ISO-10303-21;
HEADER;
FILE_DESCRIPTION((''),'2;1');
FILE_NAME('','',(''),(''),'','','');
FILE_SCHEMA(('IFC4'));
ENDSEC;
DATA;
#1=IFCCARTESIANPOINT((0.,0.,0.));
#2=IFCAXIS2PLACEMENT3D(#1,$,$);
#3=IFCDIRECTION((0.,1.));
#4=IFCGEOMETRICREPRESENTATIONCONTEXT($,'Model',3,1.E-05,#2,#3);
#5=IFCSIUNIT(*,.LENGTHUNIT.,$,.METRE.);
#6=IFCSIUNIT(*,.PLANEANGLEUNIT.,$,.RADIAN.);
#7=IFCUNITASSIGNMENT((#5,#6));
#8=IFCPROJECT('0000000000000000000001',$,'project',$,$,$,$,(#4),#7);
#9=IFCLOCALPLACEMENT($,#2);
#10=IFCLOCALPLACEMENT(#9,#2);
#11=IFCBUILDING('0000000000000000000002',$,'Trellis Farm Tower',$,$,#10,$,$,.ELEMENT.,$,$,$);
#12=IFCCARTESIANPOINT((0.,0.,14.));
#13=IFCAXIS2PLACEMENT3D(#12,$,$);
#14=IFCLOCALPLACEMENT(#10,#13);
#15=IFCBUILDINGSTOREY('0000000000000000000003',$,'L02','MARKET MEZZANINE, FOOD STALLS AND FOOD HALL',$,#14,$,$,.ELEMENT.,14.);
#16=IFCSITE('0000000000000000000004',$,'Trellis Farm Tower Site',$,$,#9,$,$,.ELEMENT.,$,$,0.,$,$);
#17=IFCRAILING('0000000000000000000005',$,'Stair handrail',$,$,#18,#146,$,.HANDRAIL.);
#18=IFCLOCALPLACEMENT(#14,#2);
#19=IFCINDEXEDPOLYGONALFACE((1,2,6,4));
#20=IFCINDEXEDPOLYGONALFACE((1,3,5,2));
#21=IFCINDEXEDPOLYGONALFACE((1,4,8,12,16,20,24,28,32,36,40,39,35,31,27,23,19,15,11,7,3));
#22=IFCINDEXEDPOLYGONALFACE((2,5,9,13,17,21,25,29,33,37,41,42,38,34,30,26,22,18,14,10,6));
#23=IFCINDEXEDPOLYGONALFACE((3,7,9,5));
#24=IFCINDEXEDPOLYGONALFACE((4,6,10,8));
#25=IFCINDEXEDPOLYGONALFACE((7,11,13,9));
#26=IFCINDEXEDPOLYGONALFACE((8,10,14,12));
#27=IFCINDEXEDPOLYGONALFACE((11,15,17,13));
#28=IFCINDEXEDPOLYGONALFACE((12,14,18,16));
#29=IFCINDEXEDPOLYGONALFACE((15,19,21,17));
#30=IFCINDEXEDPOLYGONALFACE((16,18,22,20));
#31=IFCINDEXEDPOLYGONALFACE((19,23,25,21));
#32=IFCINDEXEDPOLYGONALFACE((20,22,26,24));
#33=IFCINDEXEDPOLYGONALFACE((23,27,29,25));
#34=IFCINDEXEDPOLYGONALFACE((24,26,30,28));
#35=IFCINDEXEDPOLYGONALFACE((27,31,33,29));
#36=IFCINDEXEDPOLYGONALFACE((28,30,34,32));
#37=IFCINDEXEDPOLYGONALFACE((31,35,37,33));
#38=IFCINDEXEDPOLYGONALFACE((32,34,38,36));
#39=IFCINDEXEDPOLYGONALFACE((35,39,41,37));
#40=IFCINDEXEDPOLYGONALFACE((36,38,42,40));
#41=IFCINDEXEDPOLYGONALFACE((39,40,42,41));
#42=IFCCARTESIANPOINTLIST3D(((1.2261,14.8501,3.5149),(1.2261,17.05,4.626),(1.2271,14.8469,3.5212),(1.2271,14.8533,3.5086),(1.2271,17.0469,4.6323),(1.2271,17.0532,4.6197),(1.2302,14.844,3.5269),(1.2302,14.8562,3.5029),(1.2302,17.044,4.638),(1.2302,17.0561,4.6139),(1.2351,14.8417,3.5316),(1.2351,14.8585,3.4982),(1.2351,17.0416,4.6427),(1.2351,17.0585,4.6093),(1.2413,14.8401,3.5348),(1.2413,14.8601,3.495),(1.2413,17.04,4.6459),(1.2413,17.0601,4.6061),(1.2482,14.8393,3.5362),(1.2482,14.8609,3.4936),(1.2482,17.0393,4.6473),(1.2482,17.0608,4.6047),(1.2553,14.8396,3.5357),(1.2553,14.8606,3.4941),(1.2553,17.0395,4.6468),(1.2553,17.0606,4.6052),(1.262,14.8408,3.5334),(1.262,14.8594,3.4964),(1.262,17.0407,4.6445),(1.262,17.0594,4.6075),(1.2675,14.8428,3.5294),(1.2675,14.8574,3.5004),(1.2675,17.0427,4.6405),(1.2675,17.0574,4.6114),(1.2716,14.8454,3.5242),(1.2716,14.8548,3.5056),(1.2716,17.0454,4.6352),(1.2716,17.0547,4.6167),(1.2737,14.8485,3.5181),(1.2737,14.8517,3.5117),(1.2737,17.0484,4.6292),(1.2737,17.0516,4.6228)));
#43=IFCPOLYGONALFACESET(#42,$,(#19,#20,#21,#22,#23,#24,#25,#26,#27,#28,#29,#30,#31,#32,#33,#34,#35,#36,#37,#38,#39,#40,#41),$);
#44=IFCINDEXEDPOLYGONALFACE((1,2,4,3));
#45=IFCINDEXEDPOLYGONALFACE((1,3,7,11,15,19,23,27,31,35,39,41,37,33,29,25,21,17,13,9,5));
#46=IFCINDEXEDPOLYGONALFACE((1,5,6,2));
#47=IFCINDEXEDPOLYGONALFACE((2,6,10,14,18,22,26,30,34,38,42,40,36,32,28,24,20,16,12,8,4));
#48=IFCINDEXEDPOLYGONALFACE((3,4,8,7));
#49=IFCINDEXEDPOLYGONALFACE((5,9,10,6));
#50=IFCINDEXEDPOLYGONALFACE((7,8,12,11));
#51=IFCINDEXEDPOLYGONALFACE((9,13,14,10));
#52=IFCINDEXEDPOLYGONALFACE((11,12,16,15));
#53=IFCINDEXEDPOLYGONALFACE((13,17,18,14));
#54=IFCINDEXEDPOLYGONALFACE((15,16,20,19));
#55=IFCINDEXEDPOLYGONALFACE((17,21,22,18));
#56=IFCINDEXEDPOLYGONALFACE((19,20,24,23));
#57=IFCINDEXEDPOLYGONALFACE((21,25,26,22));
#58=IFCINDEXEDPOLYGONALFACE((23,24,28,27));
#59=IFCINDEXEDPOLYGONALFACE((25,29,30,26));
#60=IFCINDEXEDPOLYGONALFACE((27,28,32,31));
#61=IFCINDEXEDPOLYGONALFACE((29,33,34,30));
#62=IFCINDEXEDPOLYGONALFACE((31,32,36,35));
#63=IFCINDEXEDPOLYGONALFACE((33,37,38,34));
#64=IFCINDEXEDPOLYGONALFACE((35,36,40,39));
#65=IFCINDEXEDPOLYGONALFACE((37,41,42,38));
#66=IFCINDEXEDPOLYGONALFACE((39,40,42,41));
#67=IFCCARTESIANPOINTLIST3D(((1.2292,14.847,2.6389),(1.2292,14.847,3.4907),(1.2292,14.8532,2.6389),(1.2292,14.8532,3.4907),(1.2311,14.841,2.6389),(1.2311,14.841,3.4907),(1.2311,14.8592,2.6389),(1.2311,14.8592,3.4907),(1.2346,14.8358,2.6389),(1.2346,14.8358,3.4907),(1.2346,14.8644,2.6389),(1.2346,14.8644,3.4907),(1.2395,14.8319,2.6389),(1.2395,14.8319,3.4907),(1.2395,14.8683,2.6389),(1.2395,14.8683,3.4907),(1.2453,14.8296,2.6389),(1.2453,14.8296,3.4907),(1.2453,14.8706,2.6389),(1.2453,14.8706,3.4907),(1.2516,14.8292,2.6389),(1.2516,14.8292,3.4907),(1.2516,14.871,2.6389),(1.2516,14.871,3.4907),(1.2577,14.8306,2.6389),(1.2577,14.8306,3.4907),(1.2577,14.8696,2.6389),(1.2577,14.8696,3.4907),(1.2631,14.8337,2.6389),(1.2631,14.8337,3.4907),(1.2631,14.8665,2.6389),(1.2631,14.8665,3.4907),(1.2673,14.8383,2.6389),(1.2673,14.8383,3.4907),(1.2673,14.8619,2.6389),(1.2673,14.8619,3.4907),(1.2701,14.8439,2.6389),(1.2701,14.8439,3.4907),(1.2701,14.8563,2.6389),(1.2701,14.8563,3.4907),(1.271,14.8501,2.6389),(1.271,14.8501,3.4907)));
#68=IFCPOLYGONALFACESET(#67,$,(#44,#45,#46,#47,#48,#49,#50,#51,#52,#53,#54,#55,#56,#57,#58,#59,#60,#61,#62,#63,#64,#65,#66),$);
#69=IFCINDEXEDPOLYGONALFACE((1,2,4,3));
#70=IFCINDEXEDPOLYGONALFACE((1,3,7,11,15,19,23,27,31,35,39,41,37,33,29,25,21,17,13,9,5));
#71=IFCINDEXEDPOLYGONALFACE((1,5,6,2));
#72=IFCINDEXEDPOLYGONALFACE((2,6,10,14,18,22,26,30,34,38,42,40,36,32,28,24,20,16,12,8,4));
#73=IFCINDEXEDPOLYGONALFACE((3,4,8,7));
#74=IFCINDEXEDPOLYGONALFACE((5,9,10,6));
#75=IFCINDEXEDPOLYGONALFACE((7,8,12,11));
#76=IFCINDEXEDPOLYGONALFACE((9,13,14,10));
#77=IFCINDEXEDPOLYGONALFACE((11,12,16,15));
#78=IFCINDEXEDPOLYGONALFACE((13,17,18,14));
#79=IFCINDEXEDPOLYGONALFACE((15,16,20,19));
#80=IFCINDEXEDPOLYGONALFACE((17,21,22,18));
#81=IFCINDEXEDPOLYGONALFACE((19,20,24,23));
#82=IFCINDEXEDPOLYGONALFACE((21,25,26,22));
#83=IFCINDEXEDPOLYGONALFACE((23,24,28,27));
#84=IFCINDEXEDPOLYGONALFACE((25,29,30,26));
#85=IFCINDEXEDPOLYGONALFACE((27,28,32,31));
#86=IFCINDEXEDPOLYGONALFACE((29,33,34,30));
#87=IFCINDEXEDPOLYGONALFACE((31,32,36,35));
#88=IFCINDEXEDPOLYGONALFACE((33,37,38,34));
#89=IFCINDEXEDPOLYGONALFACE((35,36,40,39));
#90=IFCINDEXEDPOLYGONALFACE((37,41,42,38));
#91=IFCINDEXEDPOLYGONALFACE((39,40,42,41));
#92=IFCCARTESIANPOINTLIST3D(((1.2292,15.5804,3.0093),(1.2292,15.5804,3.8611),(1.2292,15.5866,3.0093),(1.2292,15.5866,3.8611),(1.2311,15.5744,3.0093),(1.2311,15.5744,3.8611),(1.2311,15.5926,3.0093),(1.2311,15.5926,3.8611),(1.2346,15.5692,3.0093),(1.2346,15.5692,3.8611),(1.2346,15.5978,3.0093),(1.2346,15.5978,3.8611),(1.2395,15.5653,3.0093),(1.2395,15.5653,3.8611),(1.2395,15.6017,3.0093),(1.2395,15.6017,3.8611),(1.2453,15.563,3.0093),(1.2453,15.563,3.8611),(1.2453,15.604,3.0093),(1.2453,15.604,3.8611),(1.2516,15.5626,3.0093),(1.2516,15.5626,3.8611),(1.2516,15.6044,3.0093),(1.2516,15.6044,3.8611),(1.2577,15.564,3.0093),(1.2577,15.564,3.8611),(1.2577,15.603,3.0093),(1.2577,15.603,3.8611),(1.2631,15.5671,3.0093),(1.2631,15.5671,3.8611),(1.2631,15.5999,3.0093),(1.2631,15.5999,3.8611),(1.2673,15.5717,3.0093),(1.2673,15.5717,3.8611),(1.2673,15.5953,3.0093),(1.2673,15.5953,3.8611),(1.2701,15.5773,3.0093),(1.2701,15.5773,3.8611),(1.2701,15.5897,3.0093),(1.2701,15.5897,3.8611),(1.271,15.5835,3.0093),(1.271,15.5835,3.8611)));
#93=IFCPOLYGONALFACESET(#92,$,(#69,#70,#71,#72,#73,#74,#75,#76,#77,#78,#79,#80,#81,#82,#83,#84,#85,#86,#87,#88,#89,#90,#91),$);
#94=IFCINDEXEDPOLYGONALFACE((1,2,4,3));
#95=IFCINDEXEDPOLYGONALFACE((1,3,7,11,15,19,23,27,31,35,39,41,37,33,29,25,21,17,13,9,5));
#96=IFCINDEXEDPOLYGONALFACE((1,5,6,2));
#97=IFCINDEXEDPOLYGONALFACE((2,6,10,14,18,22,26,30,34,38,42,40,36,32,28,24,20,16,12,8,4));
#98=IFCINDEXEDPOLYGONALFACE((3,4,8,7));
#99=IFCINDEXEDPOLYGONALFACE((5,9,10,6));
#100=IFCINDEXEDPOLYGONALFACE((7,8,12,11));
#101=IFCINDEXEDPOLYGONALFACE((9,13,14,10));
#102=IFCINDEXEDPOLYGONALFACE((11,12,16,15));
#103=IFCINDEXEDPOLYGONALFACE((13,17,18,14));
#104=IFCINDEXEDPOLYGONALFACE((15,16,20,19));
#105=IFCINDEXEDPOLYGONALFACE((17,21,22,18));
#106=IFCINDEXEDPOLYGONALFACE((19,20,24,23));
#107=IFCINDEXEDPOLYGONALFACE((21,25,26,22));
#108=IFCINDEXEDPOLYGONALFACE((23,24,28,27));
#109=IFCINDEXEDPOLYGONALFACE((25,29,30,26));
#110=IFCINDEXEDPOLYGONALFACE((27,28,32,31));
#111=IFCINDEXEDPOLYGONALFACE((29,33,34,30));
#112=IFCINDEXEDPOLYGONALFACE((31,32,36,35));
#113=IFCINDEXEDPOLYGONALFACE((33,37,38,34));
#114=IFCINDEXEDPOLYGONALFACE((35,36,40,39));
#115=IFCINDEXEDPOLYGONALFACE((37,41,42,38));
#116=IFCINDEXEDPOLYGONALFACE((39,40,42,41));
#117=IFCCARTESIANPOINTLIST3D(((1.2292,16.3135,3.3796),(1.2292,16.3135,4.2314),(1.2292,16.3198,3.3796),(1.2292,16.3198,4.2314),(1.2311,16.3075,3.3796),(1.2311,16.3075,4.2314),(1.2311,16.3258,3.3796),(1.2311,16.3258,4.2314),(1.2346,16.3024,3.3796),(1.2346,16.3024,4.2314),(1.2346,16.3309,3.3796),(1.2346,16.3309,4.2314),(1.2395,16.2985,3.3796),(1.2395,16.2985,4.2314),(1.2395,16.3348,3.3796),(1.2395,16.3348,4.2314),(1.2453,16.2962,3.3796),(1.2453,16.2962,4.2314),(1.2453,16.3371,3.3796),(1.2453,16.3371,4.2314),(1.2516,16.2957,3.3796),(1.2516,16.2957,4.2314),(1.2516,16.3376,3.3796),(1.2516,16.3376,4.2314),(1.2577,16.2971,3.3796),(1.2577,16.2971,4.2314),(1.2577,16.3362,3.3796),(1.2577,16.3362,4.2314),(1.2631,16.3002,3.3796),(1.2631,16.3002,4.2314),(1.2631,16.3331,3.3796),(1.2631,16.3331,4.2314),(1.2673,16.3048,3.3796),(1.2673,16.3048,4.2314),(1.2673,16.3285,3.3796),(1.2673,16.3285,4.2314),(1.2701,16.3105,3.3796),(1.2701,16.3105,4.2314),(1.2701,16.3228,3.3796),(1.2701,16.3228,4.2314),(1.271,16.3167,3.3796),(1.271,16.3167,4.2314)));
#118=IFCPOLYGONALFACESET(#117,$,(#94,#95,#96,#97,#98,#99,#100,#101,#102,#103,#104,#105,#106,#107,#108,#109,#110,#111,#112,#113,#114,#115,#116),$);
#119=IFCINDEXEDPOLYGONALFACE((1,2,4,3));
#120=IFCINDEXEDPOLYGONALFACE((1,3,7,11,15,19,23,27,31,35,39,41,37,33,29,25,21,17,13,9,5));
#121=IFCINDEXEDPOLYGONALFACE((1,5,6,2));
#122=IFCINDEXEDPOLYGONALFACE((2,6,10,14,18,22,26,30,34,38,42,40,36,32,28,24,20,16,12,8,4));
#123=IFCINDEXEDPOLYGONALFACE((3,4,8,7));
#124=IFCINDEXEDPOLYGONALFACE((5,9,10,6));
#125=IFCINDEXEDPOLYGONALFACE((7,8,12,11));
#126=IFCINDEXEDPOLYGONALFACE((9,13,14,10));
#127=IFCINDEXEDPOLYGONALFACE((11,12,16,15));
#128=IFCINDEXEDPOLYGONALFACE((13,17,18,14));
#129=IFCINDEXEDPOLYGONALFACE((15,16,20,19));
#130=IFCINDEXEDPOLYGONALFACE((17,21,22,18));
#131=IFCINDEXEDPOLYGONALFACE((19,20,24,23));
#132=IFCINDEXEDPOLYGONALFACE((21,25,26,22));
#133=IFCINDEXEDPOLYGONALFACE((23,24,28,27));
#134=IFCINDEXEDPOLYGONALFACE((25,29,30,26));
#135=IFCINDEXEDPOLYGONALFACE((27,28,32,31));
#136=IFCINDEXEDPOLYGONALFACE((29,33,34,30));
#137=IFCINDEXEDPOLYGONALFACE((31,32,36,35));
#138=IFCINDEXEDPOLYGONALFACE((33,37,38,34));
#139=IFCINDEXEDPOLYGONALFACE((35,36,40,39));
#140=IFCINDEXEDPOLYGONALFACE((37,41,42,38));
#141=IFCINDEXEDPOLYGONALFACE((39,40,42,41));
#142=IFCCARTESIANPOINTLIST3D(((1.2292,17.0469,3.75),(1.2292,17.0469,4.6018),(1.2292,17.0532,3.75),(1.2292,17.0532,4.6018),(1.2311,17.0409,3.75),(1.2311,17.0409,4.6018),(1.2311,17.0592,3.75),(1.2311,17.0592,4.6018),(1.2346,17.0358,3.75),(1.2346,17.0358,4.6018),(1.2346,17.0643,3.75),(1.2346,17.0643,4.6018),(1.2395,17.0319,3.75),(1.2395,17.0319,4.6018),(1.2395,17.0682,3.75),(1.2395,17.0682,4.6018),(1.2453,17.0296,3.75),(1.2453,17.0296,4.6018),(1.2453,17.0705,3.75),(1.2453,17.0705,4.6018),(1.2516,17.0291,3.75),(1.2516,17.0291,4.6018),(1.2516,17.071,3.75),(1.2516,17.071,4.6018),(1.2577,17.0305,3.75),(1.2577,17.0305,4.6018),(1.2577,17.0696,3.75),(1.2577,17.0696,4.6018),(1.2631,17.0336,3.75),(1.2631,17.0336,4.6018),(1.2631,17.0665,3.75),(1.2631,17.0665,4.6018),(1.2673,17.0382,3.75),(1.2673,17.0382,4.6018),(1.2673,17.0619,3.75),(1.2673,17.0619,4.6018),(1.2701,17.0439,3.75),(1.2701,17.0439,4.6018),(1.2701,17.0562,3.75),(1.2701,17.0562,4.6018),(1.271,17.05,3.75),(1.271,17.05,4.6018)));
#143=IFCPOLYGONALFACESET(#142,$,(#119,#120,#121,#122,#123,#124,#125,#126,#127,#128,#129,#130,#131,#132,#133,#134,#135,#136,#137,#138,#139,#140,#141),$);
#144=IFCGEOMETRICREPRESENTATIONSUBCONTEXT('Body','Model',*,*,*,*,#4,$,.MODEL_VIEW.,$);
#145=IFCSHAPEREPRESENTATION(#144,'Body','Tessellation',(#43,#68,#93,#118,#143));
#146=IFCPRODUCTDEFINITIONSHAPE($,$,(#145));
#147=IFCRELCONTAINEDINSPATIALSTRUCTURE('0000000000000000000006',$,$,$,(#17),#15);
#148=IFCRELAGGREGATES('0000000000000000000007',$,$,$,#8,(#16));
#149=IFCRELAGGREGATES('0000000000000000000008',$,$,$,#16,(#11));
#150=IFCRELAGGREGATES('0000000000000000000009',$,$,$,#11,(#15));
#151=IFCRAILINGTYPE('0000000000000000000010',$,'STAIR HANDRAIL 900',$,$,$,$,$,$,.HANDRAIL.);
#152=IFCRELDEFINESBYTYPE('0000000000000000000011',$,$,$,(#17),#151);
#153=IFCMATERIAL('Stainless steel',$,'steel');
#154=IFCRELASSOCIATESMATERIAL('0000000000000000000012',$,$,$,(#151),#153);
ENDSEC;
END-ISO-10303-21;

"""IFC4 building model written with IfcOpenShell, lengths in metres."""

from ifc_helpers import new_model, si_unit, direction, frame, origin, origin_2d, place, context, subcontext, project, spatial, circle, extrude, source, transform, mapped, material, type_object, element, save


model = new_model("IFC4")

# Units and contexts
model_context = context("Model", 3, precision=1e-05, world=origin(), true_north=direction((0.0, 1.0)))
body_context = subcontext(model_context, "Body", "Model", "MODEL_VIEW")
ifc_project = project(units=[si_unit("LENGTHUNIT", "METRE"), si_unit("PLANEANGLEUNIT", "RADIAN")], contexts=[model_context])

# Site, building, storey
site_placement = place(None, origin())
site = spatial("IfcSite", under=ifc_project, at=site_placement, Name="Trellis Farm Tower Site", CompositionType="ELEMENT", RefElevation=0.0)
building_placement = place(site_placement, origin())
building = spatial("IfcBuilding", under=site, at=building_placement, Name="Trellis Farm Tower", CompositionType="ELEMENT")
storey_placement = place(building_placement, frame((0.0, 0.0, 14.0)))
storey = spatial("IfcBuildingStorey", under=building, at=storey_placement, Name="L02", Description="MARKET MEZZANINE, FOOD STALLS AND FOOD HALL", CompositionType="ELEMENT", Elevation=14.0)

# Shared definitions
ifc_material_1 = material(Name="Stainless steel", Category="steel")

# Railing
railing_type = type_object("IfcRailingType", Name="STAIR HANDRAIL 900", PredefinedType="HANDRAIL", material=ifc_material_1)
shared_shape_1 = source(origin(), body_context, "Body", "SweptSolid", [
    extrude(circle(Radius=0.0239, at=origin_2d()), frame((0.0, 0.0, 0.876), z_axis=(0.0, 0.892617, 0.450816), x_axis=(-1.0, 0.0, 0.0)), (0.0, 0.0, 1.0), 2.4646),
    extrude(circle(Radius=0.021, at=origin_2d()), origin(), (0.0, 0.0, 1.0), 0.8518),
    extrude(circle(Radius=0.021, at=origin_2d()), frame((0.0, 0.7334, 0.3704)), (0.0, 0.0, 1.0), 0.8518),
    extrude(circle(Radius=0.021, at=origin_2d()), frame((0.0, 1.4666, 0.7407)), (0.0, 0.0, 1.0), 0.8518),
    extrude(circle(Radius=0.021, at=origin_2d()), frame((0.0, 2.2, 1.1111)), (0.0, 0.0, 1.0), 0.8518),
])
for number, where, name in (
    (1, (1.25, 14.8501, 2.6389), "Stair handrail"),
):
    element("IfcRailing", number, at=place(storey_placement, frame(where)), inside=storey, type_object=railing_type, Name=name, PredefinedType="HANDRAIL", context=body_context, shape_type="MappedRepresentation", body=[
        mapped(shared_shape_1, transform((0.0, 0.0, 0.0))),
    ])

save(model, "model.ifc")
